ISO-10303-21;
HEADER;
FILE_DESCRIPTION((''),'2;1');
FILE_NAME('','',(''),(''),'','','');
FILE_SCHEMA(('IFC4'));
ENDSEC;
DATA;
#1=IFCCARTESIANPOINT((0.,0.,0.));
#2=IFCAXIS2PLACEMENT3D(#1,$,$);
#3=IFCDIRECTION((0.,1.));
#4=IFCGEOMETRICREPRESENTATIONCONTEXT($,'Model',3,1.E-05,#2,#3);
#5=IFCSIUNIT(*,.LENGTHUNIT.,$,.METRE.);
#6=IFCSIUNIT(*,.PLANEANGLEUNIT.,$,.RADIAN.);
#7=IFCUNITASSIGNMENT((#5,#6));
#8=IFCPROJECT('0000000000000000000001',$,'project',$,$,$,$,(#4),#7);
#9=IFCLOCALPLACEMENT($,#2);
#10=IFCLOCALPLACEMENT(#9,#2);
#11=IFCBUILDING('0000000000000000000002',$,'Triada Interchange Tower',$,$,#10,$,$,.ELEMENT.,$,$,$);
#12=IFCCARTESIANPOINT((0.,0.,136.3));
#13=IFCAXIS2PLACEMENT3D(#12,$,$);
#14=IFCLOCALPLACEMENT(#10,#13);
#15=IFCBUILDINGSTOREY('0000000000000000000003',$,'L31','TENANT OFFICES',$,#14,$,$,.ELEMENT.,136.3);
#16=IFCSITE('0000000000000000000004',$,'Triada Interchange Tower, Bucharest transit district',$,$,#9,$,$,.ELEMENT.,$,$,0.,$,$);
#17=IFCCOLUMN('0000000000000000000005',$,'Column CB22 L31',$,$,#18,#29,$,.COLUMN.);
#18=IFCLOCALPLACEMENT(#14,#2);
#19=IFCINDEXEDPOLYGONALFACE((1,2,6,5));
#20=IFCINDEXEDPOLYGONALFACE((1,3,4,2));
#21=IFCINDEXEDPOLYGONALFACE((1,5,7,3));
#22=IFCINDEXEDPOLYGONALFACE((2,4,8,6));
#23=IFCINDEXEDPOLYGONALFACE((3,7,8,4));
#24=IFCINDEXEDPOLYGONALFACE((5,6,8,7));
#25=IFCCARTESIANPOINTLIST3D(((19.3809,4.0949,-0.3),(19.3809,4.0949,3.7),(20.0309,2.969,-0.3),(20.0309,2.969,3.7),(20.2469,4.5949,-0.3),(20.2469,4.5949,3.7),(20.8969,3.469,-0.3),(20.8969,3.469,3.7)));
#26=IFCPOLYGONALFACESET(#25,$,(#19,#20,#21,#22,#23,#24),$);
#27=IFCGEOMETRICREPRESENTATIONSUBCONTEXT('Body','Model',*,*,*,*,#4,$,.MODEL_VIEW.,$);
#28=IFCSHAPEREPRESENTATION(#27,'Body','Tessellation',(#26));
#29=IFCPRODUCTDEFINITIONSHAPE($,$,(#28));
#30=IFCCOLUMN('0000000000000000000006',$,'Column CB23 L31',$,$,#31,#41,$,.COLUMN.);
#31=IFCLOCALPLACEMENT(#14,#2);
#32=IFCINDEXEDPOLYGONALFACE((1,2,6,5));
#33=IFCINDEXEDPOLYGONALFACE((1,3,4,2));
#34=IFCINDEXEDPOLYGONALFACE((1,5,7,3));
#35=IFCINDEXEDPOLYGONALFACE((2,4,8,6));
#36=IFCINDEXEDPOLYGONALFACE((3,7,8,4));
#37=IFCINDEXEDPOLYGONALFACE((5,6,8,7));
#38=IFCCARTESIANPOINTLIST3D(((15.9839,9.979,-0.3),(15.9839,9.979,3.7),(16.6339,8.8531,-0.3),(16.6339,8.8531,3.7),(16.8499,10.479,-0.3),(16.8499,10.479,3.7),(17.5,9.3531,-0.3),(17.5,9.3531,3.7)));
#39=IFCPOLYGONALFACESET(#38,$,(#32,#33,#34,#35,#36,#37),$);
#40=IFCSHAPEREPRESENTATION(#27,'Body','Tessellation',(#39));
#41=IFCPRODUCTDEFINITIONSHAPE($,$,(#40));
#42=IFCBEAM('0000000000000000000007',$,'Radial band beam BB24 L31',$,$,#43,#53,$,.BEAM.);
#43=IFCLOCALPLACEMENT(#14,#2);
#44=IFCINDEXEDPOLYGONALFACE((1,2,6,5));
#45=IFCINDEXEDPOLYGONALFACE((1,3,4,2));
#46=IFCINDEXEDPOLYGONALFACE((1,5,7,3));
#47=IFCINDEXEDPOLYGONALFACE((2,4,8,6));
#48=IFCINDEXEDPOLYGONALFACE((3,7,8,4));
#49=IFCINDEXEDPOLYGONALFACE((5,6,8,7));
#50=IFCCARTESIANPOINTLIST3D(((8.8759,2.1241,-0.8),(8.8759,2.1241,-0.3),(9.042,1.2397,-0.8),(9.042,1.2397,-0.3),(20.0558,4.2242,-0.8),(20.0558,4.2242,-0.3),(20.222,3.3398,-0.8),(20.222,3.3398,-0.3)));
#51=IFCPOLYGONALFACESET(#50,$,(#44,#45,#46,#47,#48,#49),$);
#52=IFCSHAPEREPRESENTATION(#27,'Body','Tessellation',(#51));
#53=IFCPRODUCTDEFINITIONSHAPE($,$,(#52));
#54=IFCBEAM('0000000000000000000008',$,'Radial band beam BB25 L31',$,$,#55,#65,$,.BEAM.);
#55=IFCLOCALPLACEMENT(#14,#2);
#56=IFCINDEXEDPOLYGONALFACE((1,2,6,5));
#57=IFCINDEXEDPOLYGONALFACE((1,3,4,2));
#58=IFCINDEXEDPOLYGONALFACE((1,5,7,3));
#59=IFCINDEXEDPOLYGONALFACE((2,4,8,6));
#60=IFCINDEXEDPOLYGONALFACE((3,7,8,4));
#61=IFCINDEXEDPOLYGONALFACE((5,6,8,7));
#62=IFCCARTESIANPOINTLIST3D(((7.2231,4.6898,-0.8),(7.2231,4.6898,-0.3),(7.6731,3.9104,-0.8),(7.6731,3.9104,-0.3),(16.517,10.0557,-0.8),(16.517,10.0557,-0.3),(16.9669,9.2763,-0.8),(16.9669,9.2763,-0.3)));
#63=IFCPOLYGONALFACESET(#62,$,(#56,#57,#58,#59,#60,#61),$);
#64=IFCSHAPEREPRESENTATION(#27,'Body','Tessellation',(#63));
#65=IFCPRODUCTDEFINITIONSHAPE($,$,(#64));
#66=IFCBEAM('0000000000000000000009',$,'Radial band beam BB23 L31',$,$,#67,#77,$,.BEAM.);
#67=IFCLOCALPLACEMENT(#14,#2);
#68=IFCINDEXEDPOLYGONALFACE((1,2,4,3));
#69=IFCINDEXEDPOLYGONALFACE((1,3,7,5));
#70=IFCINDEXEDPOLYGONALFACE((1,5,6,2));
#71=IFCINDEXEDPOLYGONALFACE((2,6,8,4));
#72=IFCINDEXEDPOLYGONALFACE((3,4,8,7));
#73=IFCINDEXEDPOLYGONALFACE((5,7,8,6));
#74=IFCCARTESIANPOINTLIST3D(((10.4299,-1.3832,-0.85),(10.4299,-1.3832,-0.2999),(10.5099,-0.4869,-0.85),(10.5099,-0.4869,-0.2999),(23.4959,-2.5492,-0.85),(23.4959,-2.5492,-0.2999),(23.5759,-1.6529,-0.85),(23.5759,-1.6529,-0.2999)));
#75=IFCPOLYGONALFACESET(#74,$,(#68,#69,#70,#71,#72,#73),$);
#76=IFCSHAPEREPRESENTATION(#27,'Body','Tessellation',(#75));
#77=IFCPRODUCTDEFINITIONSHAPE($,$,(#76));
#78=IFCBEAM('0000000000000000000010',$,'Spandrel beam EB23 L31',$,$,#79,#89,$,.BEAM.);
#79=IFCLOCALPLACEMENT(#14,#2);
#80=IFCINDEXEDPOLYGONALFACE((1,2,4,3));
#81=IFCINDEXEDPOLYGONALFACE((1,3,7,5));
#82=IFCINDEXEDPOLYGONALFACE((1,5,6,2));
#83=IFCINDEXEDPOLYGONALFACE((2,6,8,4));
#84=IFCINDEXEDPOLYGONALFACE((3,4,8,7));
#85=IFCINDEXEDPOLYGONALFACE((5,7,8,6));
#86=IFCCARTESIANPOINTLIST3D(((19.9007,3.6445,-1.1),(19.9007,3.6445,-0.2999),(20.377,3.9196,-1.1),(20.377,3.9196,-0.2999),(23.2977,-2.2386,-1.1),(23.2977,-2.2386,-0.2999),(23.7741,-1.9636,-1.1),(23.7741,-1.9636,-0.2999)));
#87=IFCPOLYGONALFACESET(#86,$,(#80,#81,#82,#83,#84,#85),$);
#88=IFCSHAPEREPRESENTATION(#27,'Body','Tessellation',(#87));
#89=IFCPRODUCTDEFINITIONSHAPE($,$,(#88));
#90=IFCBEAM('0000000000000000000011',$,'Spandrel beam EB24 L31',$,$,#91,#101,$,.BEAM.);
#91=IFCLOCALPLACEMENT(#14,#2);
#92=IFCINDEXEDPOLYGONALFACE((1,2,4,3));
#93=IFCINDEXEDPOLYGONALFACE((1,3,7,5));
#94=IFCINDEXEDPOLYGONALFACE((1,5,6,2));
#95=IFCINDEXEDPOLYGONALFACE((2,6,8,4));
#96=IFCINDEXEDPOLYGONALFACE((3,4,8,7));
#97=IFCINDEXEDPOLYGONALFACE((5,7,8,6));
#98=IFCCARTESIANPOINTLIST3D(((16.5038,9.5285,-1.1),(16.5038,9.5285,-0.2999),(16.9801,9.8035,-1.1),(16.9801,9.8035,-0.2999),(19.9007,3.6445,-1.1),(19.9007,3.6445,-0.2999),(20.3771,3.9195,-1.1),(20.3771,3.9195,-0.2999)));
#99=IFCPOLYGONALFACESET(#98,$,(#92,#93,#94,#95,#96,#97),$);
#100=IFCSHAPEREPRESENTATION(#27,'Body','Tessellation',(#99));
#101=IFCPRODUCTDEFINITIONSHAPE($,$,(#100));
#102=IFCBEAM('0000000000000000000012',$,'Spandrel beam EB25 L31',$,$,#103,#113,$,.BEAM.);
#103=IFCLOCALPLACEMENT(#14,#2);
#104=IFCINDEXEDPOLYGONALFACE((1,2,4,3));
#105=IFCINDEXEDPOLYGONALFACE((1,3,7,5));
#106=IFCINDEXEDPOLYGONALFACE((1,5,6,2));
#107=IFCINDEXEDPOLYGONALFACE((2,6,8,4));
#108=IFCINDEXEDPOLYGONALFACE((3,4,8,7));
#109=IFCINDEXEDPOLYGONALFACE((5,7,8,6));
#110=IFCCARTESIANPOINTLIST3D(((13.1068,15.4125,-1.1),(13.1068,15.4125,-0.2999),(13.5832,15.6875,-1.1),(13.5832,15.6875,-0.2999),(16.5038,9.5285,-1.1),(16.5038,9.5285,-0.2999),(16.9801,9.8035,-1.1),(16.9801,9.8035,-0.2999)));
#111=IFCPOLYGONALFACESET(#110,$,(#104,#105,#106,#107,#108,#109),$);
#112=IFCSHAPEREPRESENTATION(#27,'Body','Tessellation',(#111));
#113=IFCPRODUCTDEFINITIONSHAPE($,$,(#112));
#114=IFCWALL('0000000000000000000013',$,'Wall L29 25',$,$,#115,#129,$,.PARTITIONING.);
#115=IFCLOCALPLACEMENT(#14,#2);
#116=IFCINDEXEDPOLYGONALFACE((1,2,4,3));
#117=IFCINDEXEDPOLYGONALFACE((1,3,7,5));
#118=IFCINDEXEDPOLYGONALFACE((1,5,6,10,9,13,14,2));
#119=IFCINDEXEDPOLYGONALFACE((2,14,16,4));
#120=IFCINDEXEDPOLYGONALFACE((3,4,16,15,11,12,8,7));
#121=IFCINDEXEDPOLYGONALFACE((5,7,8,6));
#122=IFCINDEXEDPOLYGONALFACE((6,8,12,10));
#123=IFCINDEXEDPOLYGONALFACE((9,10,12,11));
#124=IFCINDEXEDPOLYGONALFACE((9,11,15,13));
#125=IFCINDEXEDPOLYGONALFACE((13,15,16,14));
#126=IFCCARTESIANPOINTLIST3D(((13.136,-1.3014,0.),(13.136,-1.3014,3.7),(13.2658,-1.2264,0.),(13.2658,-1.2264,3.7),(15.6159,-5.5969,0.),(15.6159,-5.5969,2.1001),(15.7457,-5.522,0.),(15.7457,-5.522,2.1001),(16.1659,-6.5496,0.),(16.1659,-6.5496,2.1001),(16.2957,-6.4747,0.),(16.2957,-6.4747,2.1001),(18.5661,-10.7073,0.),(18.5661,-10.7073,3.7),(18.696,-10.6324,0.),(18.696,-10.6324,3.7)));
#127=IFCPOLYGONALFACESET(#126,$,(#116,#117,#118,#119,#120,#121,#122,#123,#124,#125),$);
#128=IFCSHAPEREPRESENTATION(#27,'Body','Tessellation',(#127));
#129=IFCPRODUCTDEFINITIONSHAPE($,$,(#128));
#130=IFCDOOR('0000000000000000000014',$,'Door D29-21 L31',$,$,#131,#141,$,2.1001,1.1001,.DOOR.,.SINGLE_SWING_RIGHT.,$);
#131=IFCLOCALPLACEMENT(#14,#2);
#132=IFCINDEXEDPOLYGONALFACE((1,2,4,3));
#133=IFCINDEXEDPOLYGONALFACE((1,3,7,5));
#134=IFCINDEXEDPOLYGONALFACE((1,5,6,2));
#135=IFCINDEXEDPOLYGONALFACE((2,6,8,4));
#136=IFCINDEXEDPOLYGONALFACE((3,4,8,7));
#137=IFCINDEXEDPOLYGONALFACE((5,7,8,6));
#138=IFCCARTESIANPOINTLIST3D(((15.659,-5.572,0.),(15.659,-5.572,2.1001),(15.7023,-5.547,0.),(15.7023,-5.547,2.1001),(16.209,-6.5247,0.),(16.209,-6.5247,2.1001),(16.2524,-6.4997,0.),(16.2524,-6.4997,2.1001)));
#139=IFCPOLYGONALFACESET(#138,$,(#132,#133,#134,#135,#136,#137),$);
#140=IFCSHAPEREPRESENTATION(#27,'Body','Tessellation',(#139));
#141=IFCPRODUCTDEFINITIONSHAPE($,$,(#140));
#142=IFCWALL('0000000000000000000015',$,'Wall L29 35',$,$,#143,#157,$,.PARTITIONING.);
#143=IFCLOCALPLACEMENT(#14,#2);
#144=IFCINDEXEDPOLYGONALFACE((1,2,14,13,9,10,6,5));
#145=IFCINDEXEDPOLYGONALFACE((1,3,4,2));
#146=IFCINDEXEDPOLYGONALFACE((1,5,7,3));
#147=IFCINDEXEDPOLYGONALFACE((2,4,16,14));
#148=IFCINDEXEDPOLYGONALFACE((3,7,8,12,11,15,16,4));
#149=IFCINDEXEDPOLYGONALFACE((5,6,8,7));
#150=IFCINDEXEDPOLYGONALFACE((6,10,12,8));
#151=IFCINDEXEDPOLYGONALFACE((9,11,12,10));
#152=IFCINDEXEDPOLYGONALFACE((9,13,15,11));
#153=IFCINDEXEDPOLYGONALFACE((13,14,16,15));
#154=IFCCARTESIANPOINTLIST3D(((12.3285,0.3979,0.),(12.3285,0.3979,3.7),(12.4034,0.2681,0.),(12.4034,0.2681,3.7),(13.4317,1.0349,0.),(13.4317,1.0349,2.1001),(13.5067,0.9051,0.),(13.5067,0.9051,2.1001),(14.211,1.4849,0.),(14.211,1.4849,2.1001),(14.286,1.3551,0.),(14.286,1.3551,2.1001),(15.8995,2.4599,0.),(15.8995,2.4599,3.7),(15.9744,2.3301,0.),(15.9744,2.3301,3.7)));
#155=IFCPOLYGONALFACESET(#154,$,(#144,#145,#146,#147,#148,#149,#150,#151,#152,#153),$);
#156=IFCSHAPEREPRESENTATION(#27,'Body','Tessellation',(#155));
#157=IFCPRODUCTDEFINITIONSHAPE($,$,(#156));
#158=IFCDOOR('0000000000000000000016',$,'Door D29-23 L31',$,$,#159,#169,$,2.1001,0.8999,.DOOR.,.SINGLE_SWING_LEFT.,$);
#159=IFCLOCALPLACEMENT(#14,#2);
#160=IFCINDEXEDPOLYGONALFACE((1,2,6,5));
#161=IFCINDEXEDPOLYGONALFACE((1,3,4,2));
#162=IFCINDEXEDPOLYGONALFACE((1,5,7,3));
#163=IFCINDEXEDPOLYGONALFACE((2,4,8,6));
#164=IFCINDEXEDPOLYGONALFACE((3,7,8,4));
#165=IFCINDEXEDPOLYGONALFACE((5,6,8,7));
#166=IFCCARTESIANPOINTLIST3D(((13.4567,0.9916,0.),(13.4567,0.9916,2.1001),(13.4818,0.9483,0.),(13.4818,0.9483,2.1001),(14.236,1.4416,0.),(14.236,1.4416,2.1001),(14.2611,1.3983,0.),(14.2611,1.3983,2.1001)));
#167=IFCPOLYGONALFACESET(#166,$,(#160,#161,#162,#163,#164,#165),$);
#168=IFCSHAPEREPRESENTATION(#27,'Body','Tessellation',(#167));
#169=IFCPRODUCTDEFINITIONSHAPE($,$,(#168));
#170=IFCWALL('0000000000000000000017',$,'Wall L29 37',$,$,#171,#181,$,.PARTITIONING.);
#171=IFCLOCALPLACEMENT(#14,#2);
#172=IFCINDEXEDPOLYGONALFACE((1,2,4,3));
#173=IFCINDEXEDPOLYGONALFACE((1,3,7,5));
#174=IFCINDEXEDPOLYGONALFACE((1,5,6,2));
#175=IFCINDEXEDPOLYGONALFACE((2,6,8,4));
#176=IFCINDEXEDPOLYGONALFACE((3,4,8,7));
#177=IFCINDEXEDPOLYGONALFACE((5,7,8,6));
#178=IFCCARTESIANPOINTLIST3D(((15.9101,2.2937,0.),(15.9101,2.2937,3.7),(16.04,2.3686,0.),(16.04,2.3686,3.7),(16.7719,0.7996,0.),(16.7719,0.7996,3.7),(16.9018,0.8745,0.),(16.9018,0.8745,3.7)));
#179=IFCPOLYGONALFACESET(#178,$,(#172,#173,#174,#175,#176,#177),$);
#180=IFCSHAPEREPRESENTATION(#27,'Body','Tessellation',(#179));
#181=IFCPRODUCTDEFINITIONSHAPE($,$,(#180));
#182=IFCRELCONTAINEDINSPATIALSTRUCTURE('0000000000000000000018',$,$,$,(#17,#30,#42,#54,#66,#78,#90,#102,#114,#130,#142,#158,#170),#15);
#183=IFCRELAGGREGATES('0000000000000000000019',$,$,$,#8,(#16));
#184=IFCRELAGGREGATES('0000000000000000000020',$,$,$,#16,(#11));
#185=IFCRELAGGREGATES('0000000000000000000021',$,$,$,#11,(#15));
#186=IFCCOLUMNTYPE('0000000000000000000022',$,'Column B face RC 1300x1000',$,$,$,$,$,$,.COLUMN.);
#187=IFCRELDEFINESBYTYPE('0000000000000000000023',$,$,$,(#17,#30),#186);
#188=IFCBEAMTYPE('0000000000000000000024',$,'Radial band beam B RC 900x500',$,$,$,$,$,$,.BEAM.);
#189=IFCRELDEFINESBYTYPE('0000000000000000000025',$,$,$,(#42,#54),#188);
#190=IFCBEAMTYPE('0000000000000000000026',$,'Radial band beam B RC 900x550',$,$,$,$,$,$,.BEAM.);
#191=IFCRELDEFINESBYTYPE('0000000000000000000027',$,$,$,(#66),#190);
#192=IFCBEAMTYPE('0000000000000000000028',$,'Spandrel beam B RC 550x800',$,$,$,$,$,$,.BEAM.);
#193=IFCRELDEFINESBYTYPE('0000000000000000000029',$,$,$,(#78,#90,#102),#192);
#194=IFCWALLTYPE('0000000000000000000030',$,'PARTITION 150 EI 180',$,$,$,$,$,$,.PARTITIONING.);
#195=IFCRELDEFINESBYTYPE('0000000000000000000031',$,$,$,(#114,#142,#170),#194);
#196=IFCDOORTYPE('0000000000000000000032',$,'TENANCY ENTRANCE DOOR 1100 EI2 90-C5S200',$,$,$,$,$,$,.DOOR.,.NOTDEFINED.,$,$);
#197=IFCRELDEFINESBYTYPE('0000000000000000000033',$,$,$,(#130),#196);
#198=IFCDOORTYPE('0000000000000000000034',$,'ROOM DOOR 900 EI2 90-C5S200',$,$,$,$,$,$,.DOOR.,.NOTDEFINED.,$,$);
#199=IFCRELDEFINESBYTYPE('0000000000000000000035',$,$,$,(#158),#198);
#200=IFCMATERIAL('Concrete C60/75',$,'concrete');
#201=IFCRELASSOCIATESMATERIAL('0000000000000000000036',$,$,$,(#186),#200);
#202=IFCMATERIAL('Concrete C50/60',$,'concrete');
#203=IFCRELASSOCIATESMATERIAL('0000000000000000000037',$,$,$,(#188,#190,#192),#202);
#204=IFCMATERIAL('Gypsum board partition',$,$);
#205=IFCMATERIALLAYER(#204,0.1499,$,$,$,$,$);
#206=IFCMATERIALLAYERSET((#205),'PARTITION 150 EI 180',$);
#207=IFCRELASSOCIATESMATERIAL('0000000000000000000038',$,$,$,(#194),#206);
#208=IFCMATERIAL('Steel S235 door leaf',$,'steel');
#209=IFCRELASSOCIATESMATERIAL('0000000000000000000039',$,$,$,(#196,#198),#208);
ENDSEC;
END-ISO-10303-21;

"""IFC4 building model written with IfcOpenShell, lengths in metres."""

from ifc_helpers import new_model, si_unit, direction, frame, frame_2d, origin, origin_2d, place, context, subcontext, project, spatial, rectangle, extrude, material, layer, layer_set, material_profile, profile_set, type_object, element, fill, save


model = new_model("IFC4")

# Units and contexts
model_context = context("Model", 3, precision=1e-05, world=origin(), true_north=direction((0.0, 1.0)))
body_context = subcontext(model_context, "Body", "Model", "MODEL_VIEW")
ifc_project = project(units=[si_unit("LENGTHUNIT", "METRE"), si_unit("PLANEANGLEUNIT", "RADIAN")], contexts=[model_context])

# Site, building, storey
site_placement = place(None, origin())
site = spatial("IfcSite", under=ifc_project, at=site_placement, Name="Triada Interchange Tower, Bucharest transit district", CompositionType="ELEMENT", RefElevation=0.0)
building_placement = place(site_placement, origin())
building = spatial("IfcBuilding", under=site, at=building_placement, Name="Triada Interchange Tower", CompositionType="ELEMENT")
storey_placement = place(building_placement, frame((0.0, 0.0, 136.3)))
storey = spatial("IfcBuildingStorey", under=building, at=storey_placement, Name="L31", Description="TENANT OFFICES", CompositionType="ELEMENT", Elevation=136.3)

# Columns
ifc_material_1 = material(Name="Concrete C60/75", Category="concrete")
ifc_material_profile_1 = material_profile(ifc_material_1, rectangle(XDim=1.3, YDim=1.0, at=origin_2d()), Name="RC 1300x1000")
ifc_profile_set_1 = profile_set([ifc_material_profile_1], Name="Concrete C60/75")
column_type = type_object("IfcColumnType", Name="Column B face RC 1300x1000", PredefinedType="COLUMN", material=ifc_profile_set_1)
for number, where, z_axis, x_axis, name in (
    (1, (20.1389, 3.782, -0.3), (0.0, 0.0, 1.0), (-0.5, 0.866025, 0.0), "Column CB22 L31"),
    (2, (16.7419, 9.666, -0.3), (0.0, 0.0, 1.0), (-0.5, 0.866025, 0.0), "Column CB23 L31"),
):
    element("IfcColumn", number, at=place(storey_placement, frame(where, z_axis=z_axis, x_axis=x_axis)), inside=storey, type_object=column_type, Name=name, PredefinedType="COLUMN", context=body_context, shape_type="SweptSolid", body=[
        extrude(rectangle(XDim=1.3, YDim=1.0, at=origin_2d()), origin(), (0.0, 0.0, 1.0), 4.0),
    ])

# Beams
ifc_material_2 = material(Name="Concrete C50/60", Category="concrete")
ifc_material_profile_2 = material_profile(ifc_material_2, rectangle(XDim=0.8999, YDim=0.5, at=origin_2d()), Name="RC 900x500")
ifc_profile_set_2 = profile_set([ifc_material_profile_2], Name="Concrete C50/60")
beam_type_1 = type_object("IfcBeamType", Name="Radial band beam B RC 900x500", PredefinedType="BEAM", material=ifc_profile_set_2)
beam_1_placement = place(storey_placement, frame((20.1389, 3.782, -0.55), z_axis=(-0.982811, -0.184616, 0.0), x_axis=(0.184616, -0.982811, 0.0)))
element("IfcBeam", 3, at=beam_1_placement, inside=storey, type_object=beam_type_1, Name="Radial band beam BB24 L31", PredefinedType="BEAM", context=body_context, shape_type="SweptSolid", body=[
    extrude(rectangle(XDim=0.8999, YDim=0.5, at=origin_2d()), origin(), (0.0, 0.0, 1.0), 11.3755),
])
beam_2_placement = place(storey_placement, frame((16.7419, 9.666, -0.55), z_axis=(-0.866021, -0.500007, 0.0), x_axis=(0.500007, -0.866021, 0.0)))
element("IfcBeam", 4, at=beam_2_placement, inside=storey, type_object=beam_type_1, Name="Radial band beam BB25 L31", PredefinedType="BEAM", context=body_context, shape_type="SweptSolid", body=[
    extrude(rectangle(XDim=0.8999, YDim=0.5, at=origin_2d()), origin(), (0.0, 0.0, 1.0), 10.7317),
])
ifc_material_profile_3 = material_profile(ifc_material_2, rectangle(XDim=0.8999, YDim=0.55, at=origin_2d()), Name="RC 900x550")
ifc_profile_set_3 = profile_set([ifc_material_profile_3], Name="Concrete C50/60")
beam_type_2 = type_object("IfcBeamType", Name="Radial band beam B RC 900x550", PredefinedType="BEAM", material=ifc_profile_set_3)
beam_3_placement = place(storey_placement, frame((23.5359, -2.1011, -0.575), z_axis=(-0.996042, 0.088888, 0.0), x_axis=(-0.088888, -0.996042, 0.0)))
element("IfcBeam", 5, at=beam_3_placement, inside=storey, type_object=beam_type_2, Name="Radial band beam BB23 L31", PredefinedType="BEAM", context=body_context, shape_type="SweptSolid", body=[
    extrude(rectangle(XDim=0.8999, YDim=0.55, at=origin_2d()), origin(), (0.0, 0.0, 1.0), 13.1179),
])
ifc_material_profile_4 = material_profile(ifc_material_2, rectangle(XDim=0.55, YDim=0.8, at=origin_2d()), Name="RC 550x800")
ifc_profile_set_4 = profile_set([ifc_material_profile_4], Name="Concrete C50/60")
beam_type_3 = type_object("IfcBeamType", Name="Spandrel beam B RC 550x800", PredefinedType="BEAM", material=ifc_profile_set_4)
beam_4_placement = place(storey_placement, frame((23.5359, -2.1011, -0.7), z_axis=(-0.500043, 0.866001, 0.0), x_axis=(-0.866001, -0.500043, 0.0)))
element("IfcBeam", 6, at=beam_4_placement, inside=storey, type_object=beam_type_3, Name="Spandrel beam EB23 L31", PredefinedType="BEAM", context=body_context, shape_type="SweptSolid", body=[
    extrude(rectangle(XDim=0.55, YDim=0.8, at=origin_2d()), origin(), (0.0, 0.0, 1.0), 6.7935),
])
for number, where, z_axis, x_axis, name in (
    (7, (20.1389, 3.782, -0.7), (-0.499981, 0.866037, 0.0), (-0.866037, -0.499981, 0.0), "Spandrel beam EB24 L31"),
    (8, (16.7419, 9.666, -0.7), (-0.499981, 0.866037, 0.0), (-0.866037, -0.499981, 0.0), "Spandrel beam EB25 L31"),
):
    element("IfcBeam", number, at=place(storey_placement, frame(where, z_axis=z_axis, x_axis=x_axis)), inside=storey, type_object=beam_type_3, Name=name, PredefinedType="BEAM", context=body_context, shape_type="SweptSolid", body=[
        extrude(rectangle(XDim=0.55, YDim=0.8, at=origin_2d()), origin(), (0.0, 0.0, 1.0), 6.7942),
    ])

# Walls, openings, doors
ifc_material_3 = material(Name="Gypsum board partition")
ifc_layer_1 = layer(ifc_material_3, 0.1499)
ifc_layer_set_1 = layer_set([ifc_layer_1], Name="PARTITION 150 EI 180")
wall_type = type_object("IfcWallType", Name="PARTITION 150 EI 180", PredefinedType="PARTITIONING", material=ifc_layer_set_1)
wall_1_placement = place(storey_placement, frame((13.2009, -1.2639, 0.0), z_axis=(0.0, 0.0, 1.0), x_axis=(0.499973, -0.866041, 0.0)))
wall_1 = element("IfcWall", 9, at=wall_1_placement, inside=storey, type_object=wall_type, Name="Wall L29 25", PredefinedType="PARTITIONING", context=body_context, shape_type="SweptSolid", body=[
    extrude(rectangle(XDim=10.8608, YDim=0.1499, at=frame_2d((5.4304, 0.0))), origin(), (0.0, 0.0, 1.0), 3.7),
])
opening_1_placement = place(wall_1_placement, frame((4.96, 0.0, 0.0)))
opening_1 = element("IfcOpeningElement", 10, at=opening_1_placement, cuts=wall_1, PredefinedType="OPENING", context=body_context, shape_type="SweptSolid", body=[
    extrude(rectangle(XDim=1.1001, YDim=2.1001, at=frame_2d((0.55, 1.05))), frame((0.0, 0.085, 0.0), z_axis=(0.0, -1.0, 0.0), x_axis=(1.0, 0.0, 0.0)), (0.0, 0.0, 1.0), 0.1699),
])
ifc_material_4 = material(Name="Steel S235 door leaf", Category="steel")
door_type_1 = type_object("IfcDoorType", Name="TENANCY ENTRANCE DOOR 1100 EI2 90-C5S200", OperationType="NOTDEFINED", PredefinedType="DOOR", material=ifc_material_4)
door_1_placement = place(opening_1_placement, origin())
door_1 = element("IfcDoor", 11, at=door_1_placement, inside=storey, type_object=door_type_1, Name="Door D29-21 L31", OperationType="SINGLE_SWING_RIGHT", OverallHeight=2.1001, OverallWidth=1.1001, PredefinedType="DOOR", context=body_context, shape_type="SweptSolid", body=[
    extrude(rectangle(XDim=1.1001, YDim=2.1001, at=frame_2d((0.55, 1.05))), frame((0.0, 0.0249, 0.0), z_axis=(0.0, -1.0, 0.0), x_axis=(1.0, 0.0, 0.0)), (0.0, 0.0, 1.0), 0.05),
])
fill(opening_1, door_1)
wall_2_placement = place(storey_placement, frame((12.366, 0.333, 0.0), z_axis=(0.0, 0.0, 1.0), x_axis=(0.865997, 0.500049, 0.0)))
wall_2 = element("IfcWall", 12, at=wall_2_placement, inside=storey, type_object=wall_type, Name="Wall L29 35", PredefinedType="PARTITIONING", context=body_context, shape_type="SweptSolid", body=[
    extrude(rectangle(XDim=4.1235, YDim=0.1499, at=frame_2d((2.0618, 0.0))), origin(), (0.0, 0.0, 1.0), 3.7),
])
opening_2_placement = place(wall_2_placement, frame((1.2739, 0.0, 0.0)))
opening_2 = element("IfcOpeningElement", 13, at=opening_2_placement, cuts=wall_2, PredefinedType="OPENING", context=body_context, shape_type="SweptSolid", body=[
    extrude(rectangle(XDim=0.8999, YDim=2.1001, at=frame_2d((0.45, 1.05))), frame((0.0, 0.085, 0.0), z_axis=(0.0, -1.0, 0.0), x_axis=(1.0, 0.0, 0.0)), (0.0, 0.0, 1.0), 0.1699),
])
door_type_2 = type_object("IfcDoorType", Name="ROOM DOOR 900 EI2 90-C5S200", OperationType="NOTDEFINED", PredefinedType="DOOR", material=ifc_material_4)
door_2_placement = place(opening_2_placement, origin())
door_2 = element("IfcDoor", 14, at=door_2_placement, inside=storey, type_object=door_type_2, Name="Door D29-23 L31", OperationType="SINGLE_SWING_LEFT", OverallHeight=2.1001, OverallWidth=0.8999, PredefinedType="DOOR", context=body_context, shape_type="SweptSolid", body=[
    extrude(rectangle(XDim=0.8999, YDim=2.1001, at=frame_2d((0.45, 1.05))), frame((0.0, 0.0249, 0.0), z_axis=(0.0, -1.0, 0.0), x_axis=(1.0, 0.0, 0.0)), (0.0, 0.0, 1.0), 0.05),
])
fill(opening_2, door_2)

# Wall
wall_3_placement = place(storey_placement, frame((15.9751, 2.3311, 0.0), z_axis=(0.0, 0.0, 1.0), x_axis=(0.499641, -0.866233, 0.0)))
element("IfcWall", 15, at=wall_3_placement, inside=storey, type_object=wall_type, Name="Wall L29 37", PredefinedType="PARTITIONING", context=body_context, shape_type="SweptSolid", body=[
    extrude(rectangle(XDim=1.7249, YDim=0.1499, at=frame_2d((0.8623, 0.0))), origin(), (0.0, 0.0, 1.0), 3.7),
])

save(model, "model.ifc")
